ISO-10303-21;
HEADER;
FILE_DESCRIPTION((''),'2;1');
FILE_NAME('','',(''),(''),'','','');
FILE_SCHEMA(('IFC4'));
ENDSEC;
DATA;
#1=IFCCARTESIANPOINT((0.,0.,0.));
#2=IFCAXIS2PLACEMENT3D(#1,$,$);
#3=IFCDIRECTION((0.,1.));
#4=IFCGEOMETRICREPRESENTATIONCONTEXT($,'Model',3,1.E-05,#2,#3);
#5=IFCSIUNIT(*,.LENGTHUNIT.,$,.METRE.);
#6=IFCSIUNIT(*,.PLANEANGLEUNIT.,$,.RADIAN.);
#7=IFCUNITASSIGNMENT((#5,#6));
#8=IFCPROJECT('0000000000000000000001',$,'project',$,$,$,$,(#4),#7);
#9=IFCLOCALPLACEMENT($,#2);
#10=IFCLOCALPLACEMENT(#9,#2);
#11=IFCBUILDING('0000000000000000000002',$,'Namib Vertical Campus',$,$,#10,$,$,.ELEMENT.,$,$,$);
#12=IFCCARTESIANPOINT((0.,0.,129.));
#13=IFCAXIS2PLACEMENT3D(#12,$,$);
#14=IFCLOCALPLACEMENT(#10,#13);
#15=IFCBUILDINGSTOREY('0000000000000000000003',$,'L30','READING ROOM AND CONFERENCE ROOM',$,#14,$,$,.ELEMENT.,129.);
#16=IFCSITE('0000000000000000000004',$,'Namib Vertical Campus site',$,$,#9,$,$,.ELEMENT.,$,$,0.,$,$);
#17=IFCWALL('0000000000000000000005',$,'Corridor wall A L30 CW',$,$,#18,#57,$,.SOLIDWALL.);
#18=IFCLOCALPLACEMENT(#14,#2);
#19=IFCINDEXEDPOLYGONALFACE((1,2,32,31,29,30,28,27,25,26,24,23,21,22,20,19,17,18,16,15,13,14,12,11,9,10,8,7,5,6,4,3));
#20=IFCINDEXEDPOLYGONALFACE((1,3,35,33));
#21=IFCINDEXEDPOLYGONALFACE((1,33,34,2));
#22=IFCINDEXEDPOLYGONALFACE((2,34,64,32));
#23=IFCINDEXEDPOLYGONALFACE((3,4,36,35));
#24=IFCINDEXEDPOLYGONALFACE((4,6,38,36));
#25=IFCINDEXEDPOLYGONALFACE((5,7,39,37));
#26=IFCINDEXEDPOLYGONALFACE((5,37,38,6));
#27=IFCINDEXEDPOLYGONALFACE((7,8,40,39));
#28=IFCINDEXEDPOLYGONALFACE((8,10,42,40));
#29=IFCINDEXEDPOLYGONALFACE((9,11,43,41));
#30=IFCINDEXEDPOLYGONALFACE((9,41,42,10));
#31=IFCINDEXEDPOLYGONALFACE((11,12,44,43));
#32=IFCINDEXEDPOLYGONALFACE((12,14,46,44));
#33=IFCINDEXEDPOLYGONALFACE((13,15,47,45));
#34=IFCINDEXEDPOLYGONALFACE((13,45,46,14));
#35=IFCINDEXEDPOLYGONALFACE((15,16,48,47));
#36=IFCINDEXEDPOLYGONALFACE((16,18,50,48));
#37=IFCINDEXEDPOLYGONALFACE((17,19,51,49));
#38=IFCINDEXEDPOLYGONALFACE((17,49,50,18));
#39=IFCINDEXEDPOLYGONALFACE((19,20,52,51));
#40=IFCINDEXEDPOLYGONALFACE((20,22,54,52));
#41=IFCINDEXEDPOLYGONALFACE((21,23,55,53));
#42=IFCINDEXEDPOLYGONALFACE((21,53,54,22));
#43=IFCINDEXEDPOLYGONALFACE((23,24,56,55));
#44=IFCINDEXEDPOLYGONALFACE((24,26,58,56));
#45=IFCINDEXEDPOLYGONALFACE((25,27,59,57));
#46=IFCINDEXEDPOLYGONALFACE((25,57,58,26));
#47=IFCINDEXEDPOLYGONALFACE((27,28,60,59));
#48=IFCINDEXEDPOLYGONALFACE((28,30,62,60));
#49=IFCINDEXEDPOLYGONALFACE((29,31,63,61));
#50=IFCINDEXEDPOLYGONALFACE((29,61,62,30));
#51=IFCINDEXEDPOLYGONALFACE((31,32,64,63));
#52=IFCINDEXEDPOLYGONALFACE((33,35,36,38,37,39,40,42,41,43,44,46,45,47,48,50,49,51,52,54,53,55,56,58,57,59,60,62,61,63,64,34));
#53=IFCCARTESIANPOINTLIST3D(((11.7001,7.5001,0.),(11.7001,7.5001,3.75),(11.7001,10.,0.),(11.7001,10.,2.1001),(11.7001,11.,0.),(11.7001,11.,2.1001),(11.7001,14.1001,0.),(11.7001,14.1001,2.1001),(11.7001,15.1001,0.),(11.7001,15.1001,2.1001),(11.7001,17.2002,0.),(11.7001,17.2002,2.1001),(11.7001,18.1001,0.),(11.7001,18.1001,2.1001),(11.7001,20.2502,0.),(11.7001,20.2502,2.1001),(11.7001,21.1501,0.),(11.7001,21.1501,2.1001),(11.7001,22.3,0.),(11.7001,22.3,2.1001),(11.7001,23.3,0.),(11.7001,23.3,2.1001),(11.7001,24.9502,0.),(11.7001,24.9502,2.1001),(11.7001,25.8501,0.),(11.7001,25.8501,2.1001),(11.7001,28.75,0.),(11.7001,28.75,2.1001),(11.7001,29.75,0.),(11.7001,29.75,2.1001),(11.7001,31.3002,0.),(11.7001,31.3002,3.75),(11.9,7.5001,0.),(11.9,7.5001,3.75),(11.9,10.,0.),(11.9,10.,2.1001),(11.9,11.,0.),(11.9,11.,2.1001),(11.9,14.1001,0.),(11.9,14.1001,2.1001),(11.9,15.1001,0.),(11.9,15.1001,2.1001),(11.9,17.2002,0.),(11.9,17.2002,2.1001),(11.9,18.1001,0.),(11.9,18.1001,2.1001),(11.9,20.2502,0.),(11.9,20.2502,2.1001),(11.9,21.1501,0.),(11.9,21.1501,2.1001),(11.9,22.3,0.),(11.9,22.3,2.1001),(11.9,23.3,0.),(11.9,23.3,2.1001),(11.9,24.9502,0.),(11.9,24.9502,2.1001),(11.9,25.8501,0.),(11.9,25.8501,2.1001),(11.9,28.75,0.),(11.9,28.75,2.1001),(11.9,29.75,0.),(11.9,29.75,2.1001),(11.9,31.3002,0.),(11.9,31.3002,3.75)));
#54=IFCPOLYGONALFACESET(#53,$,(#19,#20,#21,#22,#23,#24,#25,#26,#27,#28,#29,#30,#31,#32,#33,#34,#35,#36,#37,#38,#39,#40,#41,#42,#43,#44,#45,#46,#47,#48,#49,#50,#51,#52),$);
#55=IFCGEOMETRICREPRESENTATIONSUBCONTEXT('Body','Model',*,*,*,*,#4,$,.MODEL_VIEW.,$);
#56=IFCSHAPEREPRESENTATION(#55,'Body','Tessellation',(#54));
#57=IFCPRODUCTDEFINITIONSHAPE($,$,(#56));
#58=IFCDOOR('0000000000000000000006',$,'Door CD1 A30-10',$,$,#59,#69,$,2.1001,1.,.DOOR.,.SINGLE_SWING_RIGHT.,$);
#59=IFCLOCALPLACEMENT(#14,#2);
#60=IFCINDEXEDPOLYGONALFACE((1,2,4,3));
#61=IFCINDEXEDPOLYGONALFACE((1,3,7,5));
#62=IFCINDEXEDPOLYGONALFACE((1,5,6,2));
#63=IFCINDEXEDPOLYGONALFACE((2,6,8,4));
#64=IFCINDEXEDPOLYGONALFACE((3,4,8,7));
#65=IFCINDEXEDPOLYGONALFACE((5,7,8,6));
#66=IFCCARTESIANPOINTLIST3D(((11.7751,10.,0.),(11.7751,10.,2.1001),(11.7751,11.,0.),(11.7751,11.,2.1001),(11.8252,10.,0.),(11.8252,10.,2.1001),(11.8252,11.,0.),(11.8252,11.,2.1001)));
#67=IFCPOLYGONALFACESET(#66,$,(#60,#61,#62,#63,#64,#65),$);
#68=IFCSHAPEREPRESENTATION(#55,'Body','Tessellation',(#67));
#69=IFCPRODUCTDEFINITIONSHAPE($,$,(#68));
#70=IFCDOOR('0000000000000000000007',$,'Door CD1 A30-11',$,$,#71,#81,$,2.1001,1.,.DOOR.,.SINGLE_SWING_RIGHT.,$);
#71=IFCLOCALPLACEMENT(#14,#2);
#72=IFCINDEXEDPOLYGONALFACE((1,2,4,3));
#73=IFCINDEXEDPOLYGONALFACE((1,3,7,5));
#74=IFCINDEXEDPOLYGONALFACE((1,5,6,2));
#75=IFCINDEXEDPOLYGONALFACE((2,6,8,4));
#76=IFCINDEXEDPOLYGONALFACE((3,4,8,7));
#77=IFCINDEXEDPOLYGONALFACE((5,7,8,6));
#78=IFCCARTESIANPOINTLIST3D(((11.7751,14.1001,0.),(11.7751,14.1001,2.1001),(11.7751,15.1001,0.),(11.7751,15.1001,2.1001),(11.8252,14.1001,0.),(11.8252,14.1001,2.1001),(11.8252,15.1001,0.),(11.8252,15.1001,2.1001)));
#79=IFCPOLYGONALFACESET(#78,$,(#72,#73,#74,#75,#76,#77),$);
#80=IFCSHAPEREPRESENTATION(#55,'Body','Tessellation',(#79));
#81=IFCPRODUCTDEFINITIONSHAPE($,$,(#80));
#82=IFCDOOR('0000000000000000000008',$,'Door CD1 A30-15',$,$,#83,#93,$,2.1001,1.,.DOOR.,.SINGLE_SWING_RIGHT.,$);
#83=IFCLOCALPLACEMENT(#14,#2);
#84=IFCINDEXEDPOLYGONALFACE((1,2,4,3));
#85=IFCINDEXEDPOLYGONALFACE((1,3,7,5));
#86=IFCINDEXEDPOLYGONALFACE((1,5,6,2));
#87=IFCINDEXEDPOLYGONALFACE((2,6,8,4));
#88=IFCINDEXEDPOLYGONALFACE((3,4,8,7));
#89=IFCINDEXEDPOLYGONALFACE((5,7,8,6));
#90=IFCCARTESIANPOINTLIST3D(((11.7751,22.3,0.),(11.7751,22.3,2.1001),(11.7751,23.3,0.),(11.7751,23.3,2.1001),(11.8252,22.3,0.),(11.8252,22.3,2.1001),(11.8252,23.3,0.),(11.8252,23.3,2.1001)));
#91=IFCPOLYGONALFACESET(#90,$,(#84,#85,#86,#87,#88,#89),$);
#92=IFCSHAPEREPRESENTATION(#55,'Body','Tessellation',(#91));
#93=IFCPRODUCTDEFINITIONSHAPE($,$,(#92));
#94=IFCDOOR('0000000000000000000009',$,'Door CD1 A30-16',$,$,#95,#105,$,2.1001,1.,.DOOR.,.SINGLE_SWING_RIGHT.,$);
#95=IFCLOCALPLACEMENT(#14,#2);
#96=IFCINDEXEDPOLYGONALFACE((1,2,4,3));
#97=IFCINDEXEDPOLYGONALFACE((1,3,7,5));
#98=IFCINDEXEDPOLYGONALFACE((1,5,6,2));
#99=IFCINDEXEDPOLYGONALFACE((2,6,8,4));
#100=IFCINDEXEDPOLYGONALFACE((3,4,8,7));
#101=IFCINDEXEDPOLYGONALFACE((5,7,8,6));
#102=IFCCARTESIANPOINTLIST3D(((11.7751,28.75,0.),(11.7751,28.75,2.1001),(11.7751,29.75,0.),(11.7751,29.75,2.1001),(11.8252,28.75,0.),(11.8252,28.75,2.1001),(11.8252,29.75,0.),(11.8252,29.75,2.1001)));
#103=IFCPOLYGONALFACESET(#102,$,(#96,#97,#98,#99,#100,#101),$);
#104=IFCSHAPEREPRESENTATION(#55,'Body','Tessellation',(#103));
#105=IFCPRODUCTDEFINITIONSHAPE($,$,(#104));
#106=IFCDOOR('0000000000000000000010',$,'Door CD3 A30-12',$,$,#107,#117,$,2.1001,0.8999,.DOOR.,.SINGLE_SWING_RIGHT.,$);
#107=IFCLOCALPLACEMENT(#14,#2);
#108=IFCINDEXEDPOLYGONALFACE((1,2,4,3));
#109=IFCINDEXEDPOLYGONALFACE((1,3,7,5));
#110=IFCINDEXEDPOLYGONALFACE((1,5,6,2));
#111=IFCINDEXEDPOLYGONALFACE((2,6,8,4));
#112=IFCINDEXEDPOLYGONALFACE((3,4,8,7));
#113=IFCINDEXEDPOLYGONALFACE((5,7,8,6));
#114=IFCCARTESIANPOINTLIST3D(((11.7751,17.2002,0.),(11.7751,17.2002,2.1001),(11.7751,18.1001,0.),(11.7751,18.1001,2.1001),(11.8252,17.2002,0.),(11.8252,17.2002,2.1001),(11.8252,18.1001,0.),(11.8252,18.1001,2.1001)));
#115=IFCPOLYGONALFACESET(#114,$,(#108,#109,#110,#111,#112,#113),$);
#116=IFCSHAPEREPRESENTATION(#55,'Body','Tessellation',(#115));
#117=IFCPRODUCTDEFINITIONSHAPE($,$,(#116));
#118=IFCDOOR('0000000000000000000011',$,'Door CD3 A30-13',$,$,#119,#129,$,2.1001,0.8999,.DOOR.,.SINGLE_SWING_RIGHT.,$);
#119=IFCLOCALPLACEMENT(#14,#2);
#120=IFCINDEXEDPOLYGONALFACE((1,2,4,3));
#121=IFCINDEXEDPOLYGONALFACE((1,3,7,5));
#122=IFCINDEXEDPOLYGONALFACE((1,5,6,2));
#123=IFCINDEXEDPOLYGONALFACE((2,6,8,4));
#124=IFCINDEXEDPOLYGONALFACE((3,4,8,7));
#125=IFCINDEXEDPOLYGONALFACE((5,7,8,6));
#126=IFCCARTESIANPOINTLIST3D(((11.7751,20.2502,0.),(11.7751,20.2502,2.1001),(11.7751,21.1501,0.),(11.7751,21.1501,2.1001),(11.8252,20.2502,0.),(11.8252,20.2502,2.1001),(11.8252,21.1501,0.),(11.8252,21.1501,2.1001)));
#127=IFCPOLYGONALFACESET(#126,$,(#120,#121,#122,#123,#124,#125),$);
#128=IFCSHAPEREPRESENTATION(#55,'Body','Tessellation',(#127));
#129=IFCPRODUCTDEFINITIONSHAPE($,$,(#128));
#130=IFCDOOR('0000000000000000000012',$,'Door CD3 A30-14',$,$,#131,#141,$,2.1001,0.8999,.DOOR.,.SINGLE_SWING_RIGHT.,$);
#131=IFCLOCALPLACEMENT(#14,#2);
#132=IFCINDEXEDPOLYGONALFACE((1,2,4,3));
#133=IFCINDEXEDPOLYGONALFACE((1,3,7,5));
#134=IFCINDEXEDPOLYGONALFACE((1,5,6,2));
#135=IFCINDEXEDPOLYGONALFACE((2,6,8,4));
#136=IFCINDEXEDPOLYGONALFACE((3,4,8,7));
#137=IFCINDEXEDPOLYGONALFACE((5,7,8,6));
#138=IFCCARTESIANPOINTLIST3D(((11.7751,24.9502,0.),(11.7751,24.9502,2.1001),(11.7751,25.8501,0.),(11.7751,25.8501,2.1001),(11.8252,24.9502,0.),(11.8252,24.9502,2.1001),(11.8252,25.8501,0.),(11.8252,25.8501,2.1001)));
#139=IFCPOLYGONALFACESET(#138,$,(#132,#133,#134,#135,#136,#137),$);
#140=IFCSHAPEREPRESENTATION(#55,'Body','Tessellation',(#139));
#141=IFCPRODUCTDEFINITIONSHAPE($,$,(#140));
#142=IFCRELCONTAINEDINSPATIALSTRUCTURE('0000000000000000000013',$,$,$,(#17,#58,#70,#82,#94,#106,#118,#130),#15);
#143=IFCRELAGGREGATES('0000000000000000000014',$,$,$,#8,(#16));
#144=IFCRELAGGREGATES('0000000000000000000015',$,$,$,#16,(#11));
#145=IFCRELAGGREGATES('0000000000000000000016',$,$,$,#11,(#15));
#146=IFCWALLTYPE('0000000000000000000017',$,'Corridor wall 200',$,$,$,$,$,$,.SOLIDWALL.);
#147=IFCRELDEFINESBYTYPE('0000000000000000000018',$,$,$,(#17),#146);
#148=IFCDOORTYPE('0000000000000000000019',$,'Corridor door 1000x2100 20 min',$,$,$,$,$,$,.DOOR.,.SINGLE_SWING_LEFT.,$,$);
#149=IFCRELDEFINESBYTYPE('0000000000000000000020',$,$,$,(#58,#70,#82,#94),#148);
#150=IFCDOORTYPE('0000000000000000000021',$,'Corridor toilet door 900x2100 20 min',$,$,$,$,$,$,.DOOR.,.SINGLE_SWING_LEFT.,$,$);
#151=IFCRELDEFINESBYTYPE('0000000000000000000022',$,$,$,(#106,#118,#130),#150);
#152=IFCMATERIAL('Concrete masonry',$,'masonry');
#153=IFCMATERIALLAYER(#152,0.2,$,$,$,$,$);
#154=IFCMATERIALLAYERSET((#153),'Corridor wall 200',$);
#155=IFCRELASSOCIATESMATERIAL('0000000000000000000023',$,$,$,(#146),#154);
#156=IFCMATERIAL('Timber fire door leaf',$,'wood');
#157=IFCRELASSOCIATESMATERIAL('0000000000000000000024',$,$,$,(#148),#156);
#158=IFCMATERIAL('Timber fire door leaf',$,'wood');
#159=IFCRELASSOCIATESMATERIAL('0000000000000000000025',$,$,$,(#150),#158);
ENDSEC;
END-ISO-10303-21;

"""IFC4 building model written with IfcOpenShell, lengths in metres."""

from ifc_helpers import new_model, si_unit, direction, frame, frame_2d, origin, place, context, subcontext, project, spatial, rectangle, extrude, material, layer, layer_set, type_object, element, fill, save


model = new_model("IFC4")

# Units and contexts
model_context = context("Model", 3, precision=1e-05, world=origin(), true_north=direction((0.0, 1.0)))
body_context = subcontext(model_context, "Body", "Model", "MODEL_VIEW")
ifc_project = project(units=[si_unit("LENGTHUNIT", "METRE"), si_unit("PLANEANGLEUNIT", "RADIAN")], contexts=[model_context])

# Site, building, storey
site_placement = place(None, origin())
site = spatial("IfcSite", under=ifc_project, at=site_placement, Name="Namib Vertical Campus site", CompositionType="ELEMENT", RefElevation=0.0)
building_placement = place(site_placement, origin())
building = spatial("IfcBuilding", under=site, at=building_placement, Name="Namib Vertical Campus", CompositionType="ELEMENT")
storey_placement = place(building_placement, frame((0.0, 0.0, 129.0)))
storey = spatial("IfcBuildingStorey", under=building, at=storey_placement, Name="L30", Description="READING ROOM AND CONFERENCE ROOM", CompositionType="ELEMENT", Elevation=129.0)

# Wall, openings, doors
ifc_material_1 = material(Name="Concrete masonry", Category="masonry")
ifc_layer_1 = layer(ifc_material_1, 0.2)
ifc_layer_set_1 = layer_set([ifc_layer_1], Name="Corridor wall 200")
wall_type_1 = type_object("IfcWallType", Name="Corridor wall 200", PredefinedType="SOLIDWALL", material=ifc_layer_set_1)
wall_1_placement = place(storey_placement, frame((11.8, 31.3, 0.0), z_axis=(0.0, 0.0, 1.0), x_axis=(0.0, -1.0, 0.0)))
wall_1 = element("IfcWall", 1, at=wall_1_placement, inside=storey, type_object=wall_type_1, Name="Corridor wall A L30 CW", PredefinedType="SOLIDWALL", context=body_context, shape_type="SweptSolid", body=[
    extrude(rectangle(XDim=23.8, YDim=0.2, at=frame_2d((11.8999, 0.0))), origin(), (0.0, 0.0, 1.0), 3.75),
])
opening_1_placement = place(wall_1_placement, frame((20.3, 0.0, 0.0)))
opening_1 = element("IfcOpeningElement", 2, at=opening_1_placement, cuts=wall_1, PredefinedType="OPENING", context=body_context, shape_type="SweptSolid", body=[
    extrude(rectangle(XDim=1.0, YDim=2.1001, at=frame_2d((0.5, 1.05))), frame((0.0, 0.1099, 0.0), z_axis=(0.0, -1.0, 0.0), x_axis=(1.0, 0.0, 0.0)), (0.0, 0.0, 1.0), 0.22),
])
opening_2_placement = place(wall_1_placement, frame((16.2, 0.0, 0.0)))
opening_2 = element("IfcOpeningElement", 3, at=opening_2_placement, cuts=wall_1, PredefinedType="OPENING", context=body_context, shape_type="SweptSolid", body=[
    extrude(rectangle(XDim=1.0, YDim=2.1001, at=frame_2d((0.5, 1.05))), frame((0.0, 0.1099, 0.0), z_axis=(0.0, -1.0, 0.0), x_axis=(1.0, 0.0, 0.0)), (0.0, 0.0, 1.0), 0.22),
])
opening_3_placement = place(wall_1_placement, frame((13.2, 0.0, 0.0)))
opening_3 = element("IfcOpeningElement", 4, at=opening_3_placement, cuts=wall_1, PredefinedType="OPENING", context=body_context, shape_type="SweptSolid", body=[
    extrude(rectangle(XDim=0.8999, YDim=2.1001, at=frame_2d((0.45, 1.05))), frame((0.0, 0.1099, 0.0), z_axis=(0.0, -1.0, 0.0), x_axis=(1.0, 0.0, 0.0)), (0.0, 0.0, 1.0), 0.22),
])
opening_4_placement = place(wall_1_placement, frame((10.1499, 0.0, 0.0)))
opening_4 = element("IfcOpeningElement", 5, at=opening_4_placement, cuts=wall_1, PredefinedType="OPENING", context=body_context, shape_type="SweptSolid", body=[
    extrude(rectangle(XDim=0.8999, YDim=2.1001, at=frame_2d((0.45, 1.05))), frame((0.0, 0.1099, 0.0), z_axis=(0.0, -1.0, 0.0), x_axis=(1.0, 0.0, 0.0)), (0.0, 0.0, 1.0), 0.22),
])
opening_5_placement = place(wall_1_placement, frame((5.45, 0.0, 0.0)))
opening_5 = element("IfcOpeningElement", 6, at=opening_5_placement, cuts=wall_1, PredefinedType="OPENING", context=body_context, shape_type="SweptSolid", body=[
    extrude(rectangle(XDim=0.8999, YDim=2.1001, at=frame_2d((0.45, 1.05))), frame((0.0, 0.1099, 0.0), z_axis=(0.0, -1.0, 0.0), x_axis=(1.0, 0.0, 0.0)), (0.0, 0.0, 1.0), 0.22),
])
opening_6_placement = place(wall_1_placement, frame((8.0, 0.0, 0.0)))
opening_6 = element("IfcOpeningElement", 7, at=opening_6_placement, cuts=wall_1, PredefinedType="OPENING", context=body_context, shape_type="SweptSolid", body=[
    extrude(rectangle(XDim=1.0, YDim=2.1001, at=frame_2d((0.5, 1.05))), frame((0.0, 0.1099, 0.0), z_axis=(0.0, -1.0, 0.0), x_axis=(1.0, 0.0, 0.0)), (0.0, 0.0, 1.0), 0.22),
])
opening_7_placement = place(wall_1_placement, frame((1.55, 0.0, 0.0)))
opening_7 = element("IfcOpeningElement", 8, at=opening_7_placement, cuts=wall_1, PredefinedType="OPENING", context=body_context, shape_type="SweptSolid", body=[
    extrude(rectangle(XDim=1.0, YDim=2.1001, at=frame_2d((0.5, 1.05))), frame((0.0, 0.1099, 0.0), z_axis=(0.0, -1.0, 0.0), x_axis=(1.0, 0.0, 0.0)), (0.0, 0.0, 1.0), 0.22),
])
ifc_material_2 = material(Name="Timber fire door leaf", Category="wood")
door_type_1 = type_object("IfcDoorType", Name="Corridor door 1000x2100 20 min", OperationType="SINGLE_SWING_LEFT", PredefinedType="DOOR", material=ifc_material_2)
door_1_placement = place(opening_1_placement, frame((1.0, 0.0, 0.0), z_axis=(0.0, 0.0, 1.0), x_axis=(-1.0, 0.0, 0.0)))
door_1 = element("IfcDoor", 9, at=door_1_placement, inside=storey, type_object=door_type_1, Name="Door CD1 A30-10", OperationType="SINGLE_SWING_RIGHT", OverallHeight=2.1001, OverallWidth=1.0, PredefinedType="DOOR", context=body_context, shape_type="SweptSolid", body=[
    extrude(rectangle(XDim=1.0, YDim=2.1001, at=frame_2d((0.5, 1.05))), frame((0.0, 0.0249, 0.0), z_axis=(0.0, -1.0, 0.0), x_axis=(1.0, 0.0, 0.0)), (0.0, 0.0, 1.0), 0.05),
])
fill(opening_1, door_1)
door_2_placement = place(opening_2_placement, frame((1.0, 0.0, 0.0), z_axis=(0.0, 0.0, 1.0), x_axis=(-1.0, 0.0, 0.0)))
door_2 = element("IfcDoor", 10, at=door_2_placement, inside=storey, type_object=door_type_1, Name="Door CD1 A30-11", OperationType="SINGLE_SWING_RIGHT", OverallHeight=2.1001, OverallWidth=1.0, PredefinedType="DOOR", context=body_context, shape_type="SweptSolid", body=[
    extrude(rectangle(XDim=1.0, YDim=2.1001, at=frame_2d((0.5, 1.05))), frame((0.0, 0.0249, 0.0), z_axis=(0.0, -1.0, 0.0), x_axis=(1.0, 0.0, 0.0)), (0.0, 0.0, 1.0), 0.05),
])
fill(opening_2, door_2)
door_3_placement = place(opening_6_placement, frame((1.0, 0.0, 0.0), z_axis=(0.0, 0.0, 1.0), x_axis=(-1.0, 0.0, 0.0)))
door_3 = element("IfcDoor", 11, at=door_3_placement, inside=storey, type_object=door_type_1, Name="Door CD1 A30-15", OperationType="SINGLE_SWING_RIGHT", OverallHeight=2.1001, OverallWidth=1.0, PredefinedType="DOOR", context=body_context, shape_type="SweptSolid", body=[
    extrude(rectangle(XDim=1.0, YDim=2.1001, at=frame_2d((0.5, 1.05))), frame((0.0, 0.0249, 0.0), z_axis=(0.0, -1.0, 0.0), x_axis=(1.0, 0.0, 0.0)), (0.0, 0.0, 1.0), 0.05),
])
fill(opening_6, door_3)
door_4_placement = place(opening_7_placement, frame((1.0, 0.0, 0.0), z_axis=(0.0, 0.0, 1.0), x_axis=(-1.0, 0.0, 0.0)))
door_4 = element("IfcDoor", 12, at=door_4_placement, inside=storey, type_object=door_type_1, Name="Door CD1 A30-16", OperationType="SINGLE_SWING_RIGHT", OverallHeight=2.1001, OverallWidth=1.0, PredefinedType="DOOR", context=body_context, shape_type="SweptSolid", body=[
    extrude(rectangle(XDim=1.0, YDim=2.1001, at=frame_2d((0.5, 1.05))), frame((0.0, 0.0249, 0.0), z_axis=(0.0, -1.0, 0.0), x_axis=(1.0, 0.0, 0.0)), (0.0, 0.0, 1.0), 0.05),
])
fill(opening_7, door_4)
ifc_material_3 = material(Name="Timber fire door leaf", Category="wood")
door_type_2 = type_object("IfcDoorType", Name="Corridor toilet door 900x2100 20 min", OperationType="SINGLE_SWING_LEFT", PredefinedType="DOOR", material=ifc_material_3)
door_5_placement = place(opening_3_placement, frame((0.8999, 0.0, 0.0), z_axis=(0.0, 0.0, 1.0), x_axis=(-1.0, 0.0, 0.0)))
door_5 = element("IfcDoor", 13, at=door_5_placement, inside=storey, type_object=door_type_2, Name="Door CD3 A30-12", OperationType="SINGLE_SWING_RIGHT", OverallHeight=2.1001, OverallWidth=0.8999, PredefinedType="DOOR", context=body_context, shape_type="SweptSolid", body=[
    extrude(rectangle(XDim=0.8999, YDim=2.1001, at=frame_2d((0.45, 1.05))), frame((0.0, 0.0249, 0.0), z_axis=(0.0, -1.0, 0.0), x_axis=(1.0, 0.0, 0.0)), (0.0, 0.0, 1.0), 0.05),
])
fill(opening_3, door_5)
door_6_placement = place(opening_4_placement, frame((0.8999, 0.0, 0.0), z_axis=(0.0, 0.0, 1.0), x_axis=(-1.0, 0.0, 0.0)))
door_6 = element("IfcDoor", 14, at=door_6_placement, inside=storey, type_object=door_type_2, Name="Door CD3 A30-13", OperationType="SINGLE_SWING_RIGHT", OverallHeight=2.1001, OverallWidth=0.8999, PredefinedType="DOOR", context=body_context, shape_type="SweptSolid", body=[
    extrude(rectangle(XDim=0.8999, YDim=2.1001, at=frame_2d((0.45, 1.05))), frame((0.0, 0.0249, 0.0), z_axis=(0.0, -1.0, 0.0), x_axis=(1.0, 0.0, 0.0)), (0.0, 0.0, 1.0), 0.05),
])
fill(opening_4, door_6)
door_7_placement = place(opening_5_placement, frame((0.8999, 0.0, 0.0), z_axis=(0.0, 0.0, 1.0), x_axis=(-1.0, 0.0, 0.0)))
door_7 = element("IfcDoor", 15, at=door_7_placement, inside=storey, type_object=door_type_2, Name="Door CD3 A30-14", OperationType="SINGLE_SWING_RIGHT", OverallHeight=2.1001, OverallWidth=0.8999, PredefinedType="DOOR", context=body_context, shape_type="SweptSolid", body=[
    extrude(rectangle(XDim=0.8999, YDim=2.1001, at=frame_2d((0.45, 1.05))), frame((0.0, 0.0249, 0.0), z_axis=(0.0, -1.0, 0.0), x_axis=(1.0, 0.0, 0.0)), (0.0, 0.0, 1.0), 0.05),
])
fill(opening_5, door_7)

save(model, "model.ifc")
